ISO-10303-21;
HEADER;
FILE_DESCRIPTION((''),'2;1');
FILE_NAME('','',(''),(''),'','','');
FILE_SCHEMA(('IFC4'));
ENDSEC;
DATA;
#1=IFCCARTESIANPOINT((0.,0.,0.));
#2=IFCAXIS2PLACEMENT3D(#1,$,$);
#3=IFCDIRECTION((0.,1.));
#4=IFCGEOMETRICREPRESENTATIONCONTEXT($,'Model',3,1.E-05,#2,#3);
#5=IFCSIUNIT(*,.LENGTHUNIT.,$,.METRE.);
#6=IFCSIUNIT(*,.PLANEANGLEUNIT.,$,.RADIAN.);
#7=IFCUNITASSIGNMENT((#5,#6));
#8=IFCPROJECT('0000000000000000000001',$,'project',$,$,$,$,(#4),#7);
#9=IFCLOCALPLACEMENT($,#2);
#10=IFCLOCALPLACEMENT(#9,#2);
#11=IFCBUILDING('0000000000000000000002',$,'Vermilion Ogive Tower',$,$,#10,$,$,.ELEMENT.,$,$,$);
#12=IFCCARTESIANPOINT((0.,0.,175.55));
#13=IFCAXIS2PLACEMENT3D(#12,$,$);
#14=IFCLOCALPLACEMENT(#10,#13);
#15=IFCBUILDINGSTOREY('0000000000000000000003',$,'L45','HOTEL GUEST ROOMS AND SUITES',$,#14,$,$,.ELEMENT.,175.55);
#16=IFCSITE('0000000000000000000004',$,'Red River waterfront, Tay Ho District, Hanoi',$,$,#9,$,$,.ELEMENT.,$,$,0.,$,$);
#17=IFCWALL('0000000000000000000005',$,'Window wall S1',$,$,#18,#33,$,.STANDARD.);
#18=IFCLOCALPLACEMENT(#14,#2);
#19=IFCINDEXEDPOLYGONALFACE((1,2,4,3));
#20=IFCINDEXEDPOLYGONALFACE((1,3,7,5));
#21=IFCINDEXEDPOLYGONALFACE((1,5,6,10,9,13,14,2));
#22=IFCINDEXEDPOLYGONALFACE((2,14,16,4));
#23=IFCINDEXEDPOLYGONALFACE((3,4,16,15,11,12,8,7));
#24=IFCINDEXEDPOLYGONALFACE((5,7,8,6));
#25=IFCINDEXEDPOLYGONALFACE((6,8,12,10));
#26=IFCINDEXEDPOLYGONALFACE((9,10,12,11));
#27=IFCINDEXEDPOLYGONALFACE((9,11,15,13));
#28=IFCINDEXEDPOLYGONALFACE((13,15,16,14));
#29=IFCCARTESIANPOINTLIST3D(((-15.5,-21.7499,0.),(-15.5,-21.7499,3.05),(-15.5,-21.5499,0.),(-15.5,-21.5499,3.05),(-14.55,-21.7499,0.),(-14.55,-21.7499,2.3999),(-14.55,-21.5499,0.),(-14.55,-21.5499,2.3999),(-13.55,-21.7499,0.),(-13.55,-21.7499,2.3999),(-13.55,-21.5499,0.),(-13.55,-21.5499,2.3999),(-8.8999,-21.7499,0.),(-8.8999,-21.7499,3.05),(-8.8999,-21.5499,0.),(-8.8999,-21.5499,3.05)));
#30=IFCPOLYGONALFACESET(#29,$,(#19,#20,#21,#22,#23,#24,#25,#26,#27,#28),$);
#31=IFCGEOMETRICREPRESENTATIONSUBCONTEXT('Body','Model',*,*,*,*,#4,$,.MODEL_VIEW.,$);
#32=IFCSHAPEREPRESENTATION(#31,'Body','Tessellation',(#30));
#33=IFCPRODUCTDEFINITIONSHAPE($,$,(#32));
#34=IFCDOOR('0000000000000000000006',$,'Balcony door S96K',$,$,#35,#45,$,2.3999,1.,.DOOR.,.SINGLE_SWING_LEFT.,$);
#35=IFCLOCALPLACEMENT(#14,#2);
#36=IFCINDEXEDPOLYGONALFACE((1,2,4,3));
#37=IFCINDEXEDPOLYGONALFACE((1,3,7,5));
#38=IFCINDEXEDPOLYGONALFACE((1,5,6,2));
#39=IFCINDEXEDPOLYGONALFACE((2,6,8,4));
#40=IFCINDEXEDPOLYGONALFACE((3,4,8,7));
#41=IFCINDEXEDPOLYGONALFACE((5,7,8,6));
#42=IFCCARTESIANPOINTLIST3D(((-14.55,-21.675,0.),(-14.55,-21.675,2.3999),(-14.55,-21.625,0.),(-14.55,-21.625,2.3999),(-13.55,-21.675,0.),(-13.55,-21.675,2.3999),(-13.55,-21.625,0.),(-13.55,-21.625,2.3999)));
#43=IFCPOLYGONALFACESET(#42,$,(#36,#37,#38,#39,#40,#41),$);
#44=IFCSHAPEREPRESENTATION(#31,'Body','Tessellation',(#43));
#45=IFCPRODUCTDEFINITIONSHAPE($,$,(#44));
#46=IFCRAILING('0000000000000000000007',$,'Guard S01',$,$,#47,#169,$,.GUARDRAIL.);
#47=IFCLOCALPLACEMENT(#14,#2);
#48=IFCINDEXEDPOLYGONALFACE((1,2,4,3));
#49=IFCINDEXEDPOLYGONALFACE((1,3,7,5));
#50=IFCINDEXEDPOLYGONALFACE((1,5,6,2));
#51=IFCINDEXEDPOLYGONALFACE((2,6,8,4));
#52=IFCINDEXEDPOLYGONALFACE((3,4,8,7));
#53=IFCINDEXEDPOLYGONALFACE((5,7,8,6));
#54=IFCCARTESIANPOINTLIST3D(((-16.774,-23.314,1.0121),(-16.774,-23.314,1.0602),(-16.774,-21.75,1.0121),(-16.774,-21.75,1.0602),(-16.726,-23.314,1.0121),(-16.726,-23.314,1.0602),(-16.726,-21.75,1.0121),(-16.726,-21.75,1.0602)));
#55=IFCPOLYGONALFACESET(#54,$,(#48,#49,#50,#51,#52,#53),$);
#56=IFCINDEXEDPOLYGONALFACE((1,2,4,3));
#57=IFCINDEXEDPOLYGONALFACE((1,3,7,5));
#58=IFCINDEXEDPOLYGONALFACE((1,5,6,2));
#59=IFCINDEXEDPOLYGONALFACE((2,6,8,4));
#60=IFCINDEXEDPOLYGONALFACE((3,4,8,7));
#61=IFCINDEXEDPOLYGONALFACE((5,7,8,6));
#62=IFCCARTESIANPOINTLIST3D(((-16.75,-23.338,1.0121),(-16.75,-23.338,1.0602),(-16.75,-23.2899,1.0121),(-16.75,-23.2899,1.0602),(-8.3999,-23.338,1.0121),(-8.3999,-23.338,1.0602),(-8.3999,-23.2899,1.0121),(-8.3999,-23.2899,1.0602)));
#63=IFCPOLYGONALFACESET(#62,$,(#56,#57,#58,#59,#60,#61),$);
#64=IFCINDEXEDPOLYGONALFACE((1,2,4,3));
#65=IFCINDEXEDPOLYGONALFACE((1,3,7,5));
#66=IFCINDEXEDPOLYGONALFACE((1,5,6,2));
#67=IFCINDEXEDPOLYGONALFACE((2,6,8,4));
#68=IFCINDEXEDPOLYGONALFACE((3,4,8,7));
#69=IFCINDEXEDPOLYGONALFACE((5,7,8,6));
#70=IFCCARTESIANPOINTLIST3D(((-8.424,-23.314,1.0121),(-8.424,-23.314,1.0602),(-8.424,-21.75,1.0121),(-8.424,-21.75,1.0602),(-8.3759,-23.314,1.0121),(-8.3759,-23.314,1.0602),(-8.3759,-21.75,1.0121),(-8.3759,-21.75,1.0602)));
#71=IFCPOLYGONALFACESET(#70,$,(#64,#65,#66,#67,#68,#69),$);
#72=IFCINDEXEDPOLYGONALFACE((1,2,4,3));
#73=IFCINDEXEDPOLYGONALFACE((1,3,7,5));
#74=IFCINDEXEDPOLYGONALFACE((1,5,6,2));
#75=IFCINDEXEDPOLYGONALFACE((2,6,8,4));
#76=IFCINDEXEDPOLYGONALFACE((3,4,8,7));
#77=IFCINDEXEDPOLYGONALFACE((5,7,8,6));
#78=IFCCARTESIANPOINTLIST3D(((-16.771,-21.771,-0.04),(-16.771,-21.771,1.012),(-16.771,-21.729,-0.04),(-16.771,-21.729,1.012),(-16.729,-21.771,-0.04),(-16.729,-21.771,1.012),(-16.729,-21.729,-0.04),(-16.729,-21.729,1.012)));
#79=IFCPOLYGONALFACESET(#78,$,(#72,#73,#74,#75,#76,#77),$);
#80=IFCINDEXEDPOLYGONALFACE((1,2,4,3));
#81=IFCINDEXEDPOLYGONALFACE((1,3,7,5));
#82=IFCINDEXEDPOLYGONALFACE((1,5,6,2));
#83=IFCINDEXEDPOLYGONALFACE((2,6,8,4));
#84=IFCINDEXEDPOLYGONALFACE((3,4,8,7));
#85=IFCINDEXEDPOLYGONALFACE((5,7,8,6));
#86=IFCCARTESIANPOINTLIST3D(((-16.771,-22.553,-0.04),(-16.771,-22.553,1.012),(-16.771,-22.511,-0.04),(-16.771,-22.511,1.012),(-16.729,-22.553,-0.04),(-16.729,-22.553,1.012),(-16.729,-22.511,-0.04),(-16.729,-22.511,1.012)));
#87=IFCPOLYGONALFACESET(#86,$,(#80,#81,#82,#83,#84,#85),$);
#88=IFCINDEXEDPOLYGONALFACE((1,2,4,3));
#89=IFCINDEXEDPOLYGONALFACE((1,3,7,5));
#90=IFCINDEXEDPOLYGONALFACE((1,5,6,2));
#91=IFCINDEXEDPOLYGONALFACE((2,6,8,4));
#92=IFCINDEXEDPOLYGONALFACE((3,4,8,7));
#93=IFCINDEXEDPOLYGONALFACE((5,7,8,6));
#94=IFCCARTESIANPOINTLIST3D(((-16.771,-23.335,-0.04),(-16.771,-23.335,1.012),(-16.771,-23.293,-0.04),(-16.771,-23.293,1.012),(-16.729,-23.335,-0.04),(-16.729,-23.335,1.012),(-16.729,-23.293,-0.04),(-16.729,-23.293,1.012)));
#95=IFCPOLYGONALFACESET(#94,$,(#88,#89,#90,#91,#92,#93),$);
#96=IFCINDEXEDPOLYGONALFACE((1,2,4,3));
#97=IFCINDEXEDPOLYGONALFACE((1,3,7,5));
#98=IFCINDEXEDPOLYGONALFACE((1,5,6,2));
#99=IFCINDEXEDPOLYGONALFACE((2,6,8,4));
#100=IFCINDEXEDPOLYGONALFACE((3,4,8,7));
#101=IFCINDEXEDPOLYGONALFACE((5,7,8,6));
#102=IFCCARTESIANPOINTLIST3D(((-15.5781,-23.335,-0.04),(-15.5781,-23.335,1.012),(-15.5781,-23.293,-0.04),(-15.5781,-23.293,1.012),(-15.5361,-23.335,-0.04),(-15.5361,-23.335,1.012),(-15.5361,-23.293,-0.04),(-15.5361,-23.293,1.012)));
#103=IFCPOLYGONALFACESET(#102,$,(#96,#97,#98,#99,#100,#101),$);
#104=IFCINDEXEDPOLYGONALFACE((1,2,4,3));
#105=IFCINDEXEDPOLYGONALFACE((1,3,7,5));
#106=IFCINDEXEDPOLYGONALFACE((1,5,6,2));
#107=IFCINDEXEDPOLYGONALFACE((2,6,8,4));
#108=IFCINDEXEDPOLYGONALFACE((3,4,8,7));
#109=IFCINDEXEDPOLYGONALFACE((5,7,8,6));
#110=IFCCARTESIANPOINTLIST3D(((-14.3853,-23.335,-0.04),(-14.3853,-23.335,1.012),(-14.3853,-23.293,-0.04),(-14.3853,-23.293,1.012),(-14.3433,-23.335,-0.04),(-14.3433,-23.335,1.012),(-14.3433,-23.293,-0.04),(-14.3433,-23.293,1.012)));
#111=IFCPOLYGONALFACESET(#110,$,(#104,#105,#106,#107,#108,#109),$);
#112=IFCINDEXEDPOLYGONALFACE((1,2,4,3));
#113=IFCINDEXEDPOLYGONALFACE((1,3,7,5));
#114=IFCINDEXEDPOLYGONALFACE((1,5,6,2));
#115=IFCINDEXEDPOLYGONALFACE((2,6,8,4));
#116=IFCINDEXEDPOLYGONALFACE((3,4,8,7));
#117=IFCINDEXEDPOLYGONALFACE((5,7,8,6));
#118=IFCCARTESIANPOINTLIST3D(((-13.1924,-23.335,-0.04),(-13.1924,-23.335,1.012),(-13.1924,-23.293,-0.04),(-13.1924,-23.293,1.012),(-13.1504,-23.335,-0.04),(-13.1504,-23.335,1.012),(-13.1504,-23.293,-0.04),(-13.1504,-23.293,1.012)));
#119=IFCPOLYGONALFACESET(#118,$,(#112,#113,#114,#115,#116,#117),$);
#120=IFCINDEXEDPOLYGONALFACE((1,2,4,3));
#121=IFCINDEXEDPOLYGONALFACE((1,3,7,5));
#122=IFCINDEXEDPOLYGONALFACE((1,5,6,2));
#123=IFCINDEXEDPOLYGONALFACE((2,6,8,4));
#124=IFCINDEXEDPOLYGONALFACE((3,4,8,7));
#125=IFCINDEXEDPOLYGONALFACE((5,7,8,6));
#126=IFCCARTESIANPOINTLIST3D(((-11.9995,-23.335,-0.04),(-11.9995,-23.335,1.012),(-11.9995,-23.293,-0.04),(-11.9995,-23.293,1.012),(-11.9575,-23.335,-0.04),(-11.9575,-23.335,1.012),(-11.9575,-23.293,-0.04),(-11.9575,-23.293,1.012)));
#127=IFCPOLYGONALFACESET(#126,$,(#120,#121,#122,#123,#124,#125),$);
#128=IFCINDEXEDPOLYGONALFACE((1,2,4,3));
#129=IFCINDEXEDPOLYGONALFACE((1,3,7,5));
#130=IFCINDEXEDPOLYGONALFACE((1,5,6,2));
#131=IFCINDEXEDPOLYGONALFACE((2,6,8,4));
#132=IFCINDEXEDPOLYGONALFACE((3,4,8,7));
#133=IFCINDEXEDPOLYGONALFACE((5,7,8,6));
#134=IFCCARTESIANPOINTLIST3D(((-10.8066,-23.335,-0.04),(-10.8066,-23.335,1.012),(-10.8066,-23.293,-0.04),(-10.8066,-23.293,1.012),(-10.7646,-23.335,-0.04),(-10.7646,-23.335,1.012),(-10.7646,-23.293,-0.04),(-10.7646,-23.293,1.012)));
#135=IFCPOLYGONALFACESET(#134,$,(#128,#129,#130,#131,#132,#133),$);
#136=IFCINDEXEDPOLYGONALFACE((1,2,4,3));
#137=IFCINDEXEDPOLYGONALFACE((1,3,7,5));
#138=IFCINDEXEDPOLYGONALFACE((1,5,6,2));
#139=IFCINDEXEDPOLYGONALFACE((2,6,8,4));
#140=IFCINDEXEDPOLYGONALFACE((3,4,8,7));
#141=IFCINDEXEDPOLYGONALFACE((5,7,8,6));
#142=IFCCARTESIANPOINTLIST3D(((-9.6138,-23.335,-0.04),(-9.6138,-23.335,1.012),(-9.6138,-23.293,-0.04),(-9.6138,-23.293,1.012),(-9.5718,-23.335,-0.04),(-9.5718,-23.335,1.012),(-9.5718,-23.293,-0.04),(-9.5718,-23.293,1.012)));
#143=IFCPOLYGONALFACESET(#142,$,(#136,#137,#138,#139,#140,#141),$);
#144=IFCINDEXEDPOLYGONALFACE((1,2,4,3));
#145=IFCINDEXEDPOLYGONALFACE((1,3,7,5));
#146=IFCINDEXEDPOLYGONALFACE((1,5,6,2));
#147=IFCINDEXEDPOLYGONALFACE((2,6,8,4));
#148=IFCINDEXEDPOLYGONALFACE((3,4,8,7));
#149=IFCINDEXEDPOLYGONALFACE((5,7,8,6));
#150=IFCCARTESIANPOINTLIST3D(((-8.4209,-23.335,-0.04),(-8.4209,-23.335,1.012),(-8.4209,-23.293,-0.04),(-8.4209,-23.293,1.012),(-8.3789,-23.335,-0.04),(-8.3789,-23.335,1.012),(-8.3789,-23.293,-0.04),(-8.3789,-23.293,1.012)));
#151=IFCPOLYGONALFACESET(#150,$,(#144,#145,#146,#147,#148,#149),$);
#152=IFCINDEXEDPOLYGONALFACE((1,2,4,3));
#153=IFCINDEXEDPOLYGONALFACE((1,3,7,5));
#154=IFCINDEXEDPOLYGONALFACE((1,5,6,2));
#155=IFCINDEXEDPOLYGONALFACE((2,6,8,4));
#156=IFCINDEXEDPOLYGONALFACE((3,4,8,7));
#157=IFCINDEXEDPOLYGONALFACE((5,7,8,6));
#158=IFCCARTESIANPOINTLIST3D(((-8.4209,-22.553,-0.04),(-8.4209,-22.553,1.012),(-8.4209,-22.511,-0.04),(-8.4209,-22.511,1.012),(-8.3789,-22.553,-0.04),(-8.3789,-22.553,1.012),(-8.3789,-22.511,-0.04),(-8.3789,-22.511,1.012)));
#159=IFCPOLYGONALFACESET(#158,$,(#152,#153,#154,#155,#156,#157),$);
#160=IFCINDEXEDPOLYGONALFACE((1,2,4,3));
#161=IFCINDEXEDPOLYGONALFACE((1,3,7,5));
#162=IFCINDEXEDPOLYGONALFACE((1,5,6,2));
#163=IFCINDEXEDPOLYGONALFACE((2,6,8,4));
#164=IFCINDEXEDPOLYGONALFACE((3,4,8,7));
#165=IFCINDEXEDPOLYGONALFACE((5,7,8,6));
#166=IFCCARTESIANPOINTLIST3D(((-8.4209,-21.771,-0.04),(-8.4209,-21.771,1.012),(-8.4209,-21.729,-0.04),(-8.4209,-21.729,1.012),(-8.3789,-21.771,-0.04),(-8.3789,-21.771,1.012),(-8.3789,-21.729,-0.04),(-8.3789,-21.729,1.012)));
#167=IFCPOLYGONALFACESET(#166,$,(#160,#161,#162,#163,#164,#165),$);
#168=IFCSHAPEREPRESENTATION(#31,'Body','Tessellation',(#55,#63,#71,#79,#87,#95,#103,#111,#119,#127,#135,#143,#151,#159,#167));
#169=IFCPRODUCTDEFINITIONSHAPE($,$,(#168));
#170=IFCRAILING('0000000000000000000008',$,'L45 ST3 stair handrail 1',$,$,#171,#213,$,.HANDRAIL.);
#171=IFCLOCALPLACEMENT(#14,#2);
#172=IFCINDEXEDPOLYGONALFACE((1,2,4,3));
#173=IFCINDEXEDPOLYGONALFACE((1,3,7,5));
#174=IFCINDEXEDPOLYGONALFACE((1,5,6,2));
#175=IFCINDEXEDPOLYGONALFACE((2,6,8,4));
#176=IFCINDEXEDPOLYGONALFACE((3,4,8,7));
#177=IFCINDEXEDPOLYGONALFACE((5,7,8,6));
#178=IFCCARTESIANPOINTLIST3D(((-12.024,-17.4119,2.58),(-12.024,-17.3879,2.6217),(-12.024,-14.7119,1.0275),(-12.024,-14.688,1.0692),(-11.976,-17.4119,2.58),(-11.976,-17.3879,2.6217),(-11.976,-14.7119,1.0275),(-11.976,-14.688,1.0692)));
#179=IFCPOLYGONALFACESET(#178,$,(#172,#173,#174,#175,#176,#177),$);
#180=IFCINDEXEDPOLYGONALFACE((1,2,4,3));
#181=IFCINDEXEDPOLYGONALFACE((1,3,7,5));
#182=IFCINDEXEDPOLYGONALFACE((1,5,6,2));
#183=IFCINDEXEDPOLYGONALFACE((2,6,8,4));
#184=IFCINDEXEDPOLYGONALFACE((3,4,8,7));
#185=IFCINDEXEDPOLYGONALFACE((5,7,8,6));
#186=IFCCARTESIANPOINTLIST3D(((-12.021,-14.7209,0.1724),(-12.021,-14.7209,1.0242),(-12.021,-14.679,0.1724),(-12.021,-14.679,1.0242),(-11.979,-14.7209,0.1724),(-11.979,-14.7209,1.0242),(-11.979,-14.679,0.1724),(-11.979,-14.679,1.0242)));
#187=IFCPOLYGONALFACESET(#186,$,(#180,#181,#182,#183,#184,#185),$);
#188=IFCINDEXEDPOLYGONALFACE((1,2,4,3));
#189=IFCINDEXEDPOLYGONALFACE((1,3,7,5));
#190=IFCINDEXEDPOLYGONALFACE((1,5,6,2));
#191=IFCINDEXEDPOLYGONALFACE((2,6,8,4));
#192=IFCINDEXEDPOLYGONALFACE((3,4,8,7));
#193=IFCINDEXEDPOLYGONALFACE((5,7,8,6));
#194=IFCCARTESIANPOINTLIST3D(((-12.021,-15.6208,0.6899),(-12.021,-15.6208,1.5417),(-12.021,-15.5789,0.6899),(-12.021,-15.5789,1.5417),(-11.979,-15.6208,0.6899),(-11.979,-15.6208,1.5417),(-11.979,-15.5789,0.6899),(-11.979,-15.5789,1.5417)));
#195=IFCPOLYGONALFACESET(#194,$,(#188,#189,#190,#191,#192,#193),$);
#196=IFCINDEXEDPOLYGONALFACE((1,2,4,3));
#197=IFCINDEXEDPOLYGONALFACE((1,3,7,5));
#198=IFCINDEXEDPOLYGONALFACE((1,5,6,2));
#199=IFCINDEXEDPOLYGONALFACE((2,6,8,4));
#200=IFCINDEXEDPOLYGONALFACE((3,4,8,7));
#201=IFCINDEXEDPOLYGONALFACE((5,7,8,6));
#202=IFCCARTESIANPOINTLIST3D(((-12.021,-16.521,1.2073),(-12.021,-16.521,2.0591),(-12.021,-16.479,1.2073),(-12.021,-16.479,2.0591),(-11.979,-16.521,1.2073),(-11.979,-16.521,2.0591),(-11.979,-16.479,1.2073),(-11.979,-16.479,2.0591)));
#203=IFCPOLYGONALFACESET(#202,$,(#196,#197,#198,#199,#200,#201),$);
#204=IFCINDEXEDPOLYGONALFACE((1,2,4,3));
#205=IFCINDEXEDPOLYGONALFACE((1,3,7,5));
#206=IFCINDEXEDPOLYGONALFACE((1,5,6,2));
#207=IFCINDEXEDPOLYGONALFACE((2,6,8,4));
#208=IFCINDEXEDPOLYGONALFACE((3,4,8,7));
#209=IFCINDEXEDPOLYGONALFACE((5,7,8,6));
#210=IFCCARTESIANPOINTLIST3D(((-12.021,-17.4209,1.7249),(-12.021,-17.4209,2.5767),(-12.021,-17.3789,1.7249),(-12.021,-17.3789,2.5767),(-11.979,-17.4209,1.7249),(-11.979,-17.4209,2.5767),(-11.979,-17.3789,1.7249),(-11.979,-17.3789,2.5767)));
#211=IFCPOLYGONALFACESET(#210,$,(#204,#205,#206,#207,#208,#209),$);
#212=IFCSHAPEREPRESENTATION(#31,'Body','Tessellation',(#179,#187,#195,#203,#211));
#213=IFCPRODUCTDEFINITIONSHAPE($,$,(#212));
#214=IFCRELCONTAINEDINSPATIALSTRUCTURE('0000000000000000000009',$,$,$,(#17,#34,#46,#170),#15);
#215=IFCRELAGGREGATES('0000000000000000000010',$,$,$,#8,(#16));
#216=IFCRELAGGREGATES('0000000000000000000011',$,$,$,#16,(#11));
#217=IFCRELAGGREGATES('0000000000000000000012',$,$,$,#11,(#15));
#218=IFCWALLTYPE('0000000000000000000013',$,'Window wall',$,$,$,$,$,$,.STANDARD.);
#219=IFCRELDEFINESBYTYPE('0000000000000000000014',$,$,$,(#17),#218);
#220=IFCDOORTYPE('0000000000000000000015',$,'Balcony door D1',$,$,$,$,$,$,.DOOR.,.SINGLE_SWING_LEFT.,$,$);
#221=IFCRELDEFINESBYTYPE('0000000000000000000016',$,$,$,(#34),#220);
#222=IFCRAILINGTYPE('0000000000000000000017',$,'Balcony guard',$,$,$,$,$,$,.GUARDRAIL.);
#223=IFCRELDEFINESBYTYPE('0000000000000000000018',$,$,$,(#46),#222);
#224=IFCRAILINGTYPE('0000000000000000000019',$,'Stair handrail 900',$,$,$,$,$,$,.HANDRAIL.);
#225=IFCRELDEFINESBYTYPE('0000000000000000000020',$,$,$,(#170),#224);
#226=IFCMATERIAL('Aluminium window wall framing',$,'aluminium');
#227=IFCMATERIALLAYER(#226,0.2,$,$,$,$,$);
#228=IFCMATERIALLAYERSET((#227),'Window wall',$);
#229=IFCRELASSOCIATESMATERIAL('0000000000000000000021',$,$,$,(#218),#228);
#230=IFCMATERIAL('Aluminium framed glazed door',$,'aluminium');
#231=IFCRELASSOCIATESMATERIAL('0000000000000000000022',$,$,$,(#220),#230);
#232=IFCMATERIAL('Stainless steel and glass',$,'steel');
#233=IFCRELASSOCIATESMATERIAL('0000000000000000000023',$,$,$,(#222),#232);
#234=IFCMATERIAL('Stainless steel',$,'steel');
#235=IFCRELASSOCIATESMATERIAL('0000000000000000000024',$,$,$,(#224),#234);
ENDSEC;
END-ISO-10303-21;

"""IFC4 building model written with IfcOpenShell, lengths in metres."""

from ifc_helpers import new_model, si_unit, direction, frame, frame_2d, origin, origin_2d, place, context, subcontext, project, spatial, rectangle, extrude, material, layer, layer_set, type_object, element, fill, save


model = new_model("IFC4")

# Units and contexts
model_context = context("Model", 3, precision=1e-05, world=origin(), true_north=direction((0.0, 1.0)))
body_context = subcontext(model_context, "Body", "Model", "MODEL_VIEW")
ifc_project = project(units=[si_unit("LENGTHUNIT", "METRE"), si_unit("PLANEANGLEUNIT", "RADIAN")], contexts=[model_context])

# Site, building, storey
site_placement = place(None, origin())
site = spatial("IfcSite", under=ifc_project, at=site_placement, Name="Red River waterfront, Tay Ho District, Hanoi", CompositionType="ELEMENT", RefElevation=0.0)
building_placement = place(site_placement, origin())
building = spatial("IfcBuilding", under=site, at=building_placement, Name="Vermilion Ogive Tower", CompositionType="ELEMENT")
storey_placement = place(building_placement, frame((0.0, 0.0, 175.55)))
storey = spatial("IfcBuildingStorey", under=building, at=storey_placement, Name="L45", Description="HOTEL GUEST ROOMS AND SUITES", CompositionType="ELEMENT", Elevation=175.55)

# Wall, opening, door
ifc_material_1 = material(Name="Aluminium window wall framing", Category="aluminium")
ifc_layer_1 = layer(ifc_material_1, 0.2)
ifc_layer_set_1 = layer_set([ifc_layer_1], Name="Window wall")
wall_type_1 = type_object("IfcWallType", Name="Window wall", PredefinedType="STANDARD", material=ifc_layer_set_1)
wall_1_placement = place(storey_placement, frame((-15.5, -21.6499, 0.0), z_axis=(0.0, 0.0, 1.0), x_axis=(1.0, 0.0, 0.0)))
wall_1 = element("IfcWall", 1, at=wall_1_placement, inside=storey, type_object=wall_type_1, Name="Window wall S1", PredefinedType="STANDARD", context=body_context, shape_type="SweptSolid", body=[
    extrude(rectangle(XDim=6.6001, YDim=0.2, at=frame_2d((3.3, 0.0))), origin(), (0.0, 0.0, 1.0), 3.05),
])
opening_1_placement = place(wall_1_placement, frame((0.95, 0.0, 0.0)))
opening_1 = element("IfcOpeningElement", 2, at=opening_1_placement, cuts=wall_1, PredefinedType="OPENING", context=body_context, shape_type="SweptSolid", body=[
    extrude(rectangle(XDim=1.0, YDim=2.3999, at=frame_2d((0.5, 1.2))), frame((0.0, 0.1099, 0.0), z_axis=(0.0, -1.0, 0.0), x_axis=(1.0, 0.0, 0.0)), (0.0, 0.0, 1.0), 0.22),
])
ifc_material_2 = material(Name="Aluminium framed glazed door", Category="aluminium")
door_type_1 = type_object("IfcDoorType", Name="Balcony door D1", OperationType="SINGLE_SWING_LEFT", PredefinedType="DOOR", material=ifc_material_2)
door_1_placement = place(opening_1_placement, origin())
door_1 = element("IfcDoor", 3, at=door_1_placement, inside=storey, type_object=door_type_1, Name="Balcony door S96K", OperationType="SINGLE_SWING_LEFT", OverallHeight=2.3999, OverallWidth=1.0, PredefinedType="DOOR", context=body_context, shape_type="SweptSolid", body=[
    extrude(rectangle(XDim=1.0, YDim=2.3999, at=frame_2d((0.5, 1.2))), frame((0.0, 0.0249, 0.0), z_axis=(0.0, -1.0, 0.0), x_axis=(1.0, 0.0, 0.0)), (0.0, 0.0, 1.0), 0.05),
])
fill(opening_1, door_1)

# Railings
ifc_material_3 = material(Name="Stainless steel and glass", Category="steel")
railing_type_1 = type_object("IfcRailingType", Name="Balcony guard", PredefinedType="GUARDRAIL", material=ifc_material_3)
railing_1_placement = place(storey_placement, frame((-16.75, -21.75, -0.04)))
element("IfcRailing", 4, at=railing_1_placement, inside=storey, type_object=railing_type_1, Name="Guard S01", PredefinedType="GUARDRAIL", context=body_context, shape_type="SweptSolid", body=[
    extrude(rectangle(XDim=0.0481, YDim=0.0481, at=origin_2d()), frame((0.0, 0.0, 1.0762), z_axis=(0.0, -1.0, 0.0), x_axis=(1.0, 0.0, 0.0)), (0.0, 0.0, 1.0), 1.564),
    extrude(rectangle(XDim=0.0481, YDim=0.0481, at=origin_2d()), frame((0.0, -1.564, 1.0762), z_axis=(1.0, 0.0, 0.0), x_axis=(0.0, 1.0, 0.0)), (0.0, 0.0, 1.0), 8.3501),
    extrude(rectangle(XDim=0.0481, YDim=0.0481, at=origin_2d()), frame((8.3501, -1.564, 1.0762), z_axis=(0.0, 1.0, 0.0), x_axis=(-1.0, 0.0, 0.0)), (0.0, 0.0, 1.0), 1.564),
    extrude(rectangle(XDim=0.042, YDim=0.042, at=origin_2d()), origin(), (0.0, 0.0, 1.0), 1.052),
    extrude(rectangle(XDim=0.042, YDim=0.042, at=origin_2d()), frame((0.0, -0.782, 0.0)), (0.0, 0.0, 1.0), 1.052),
    extrude(rectangle(XDim=0.042, YDim=0.042, at=origin_2d()), frame((0.0, -1.564, 0.0)), (0.0, 0.0, 1.0), 1.052),
    extrude(rectangle(XDim=0.042, YDim=0.042, at=origin_2d()), frame((1.1929, -1.564, 0.0)), (0.0, 0.0, 1.0), 1.052),
    extrude(rectangle(XDim=0.042, YDim=0.042, at=origin_2d()), frame((2.3857, -1.564, 0.0)), (0.0, 0.0, 1.0), 1.052),
    extrude(rectangle(XDim=0.042, YDim=0.042, at=origin_2d()), frame((3.5786, -1.564, 0.0)), (0.0, 0.0, 1.0), 1.052),
    extrude(rectangle(XDim=0.042, YDim=0.042, at=origin_2d()), frame((4.7715, -1.564, 0.0)), (0.0, 0.0, 1.0), 1.052),
    extrude(rectangle(XDim=0.042, YDim=0.042, at=origin_2d()), frame((5.9644, -1.564, 0.0)), (0.0, 0.0, 1.0), 1.052),
    extrude(rectangle(XDim=0.042, YDim=0.042, at=origin_2d()), frame((7.1572, -1.564, 0.0)), (0.0, 0.0, 1.0), 1.052),
    extrude(rectangle(XDim=0.042, YDim=0.042, at=origin_2d()), frame((8.3501, -1.564, 0.0)), (0.0, 0.0, 1.0), 1.052),
    extrude(rectangle(XDim=0.042, YDim=0.042, at=origin_2d()), frame((8.3501, -0.782, 0.0)), (0.0, 0.0, 1.0), 1.052),
    extrude(rectangle(XDim=0.042, YDim=0.042, at=origin_2d()), frame((8.3501, 0.0, 0.0)), (0.0, 0.0, 1.0), 1.052),
])
ifc_material_4 = material(Name="Stainless steel", Category="steel")
railing_type_2 = type_object("IfcRailingType", Name="Stair handrail 900", PredefinedType="HANDRAIL", material=ifc_material_4)
railing_2_placement = place(storey_placement, frame((-12.0, -14.7, 0.1724)))
element("IfcRailing", 5, at=railing_2_placement, inside=storey, type_object=railing_type_2, Name="L45 ST3 stair handrail 1", PredefinedType="HANDRAIL", context=body_context, shape_type="SweptSolid", body=[
    extrude(rectangle(XDim=0.0481, YDim=0.0481, at=origin_2d()), frame((0.0, 0.0, 0.876), z_axis=(0.0, -0.866904, 0.498476), x_axis=(1.0, 0.0, 0.0)), (0.0, 0.0, 1.0), 3.1145),
    extrude(rectangle(XDim=0.042, YDim=0.042, at=origin_2d()), origin(), (0.0, 0.0, 1.0), 0.8518),
    extrude(rectangle(XDim=0.042, YDim=0.042, at=origin_2d()), frame((0.0, -0.8999, 0.5176)), (0.0, 0.0, 1.0), 0.8518),
    extrude(rectangle(XDim=0.042, YDim=0.042, at=origin_2d()), frame((0.0, -1.8, 1.0349)), (0.0, 0.0, 1.0), 0.8518),
    extrude(rectangle(XDim=0.042, YDim=0.042, at=origin_2d()), frame((0.0, -2.7, 1.5525)), (0.0, 0.0, 1.0), 0.8518),
])

save(model, "model.ifc")
